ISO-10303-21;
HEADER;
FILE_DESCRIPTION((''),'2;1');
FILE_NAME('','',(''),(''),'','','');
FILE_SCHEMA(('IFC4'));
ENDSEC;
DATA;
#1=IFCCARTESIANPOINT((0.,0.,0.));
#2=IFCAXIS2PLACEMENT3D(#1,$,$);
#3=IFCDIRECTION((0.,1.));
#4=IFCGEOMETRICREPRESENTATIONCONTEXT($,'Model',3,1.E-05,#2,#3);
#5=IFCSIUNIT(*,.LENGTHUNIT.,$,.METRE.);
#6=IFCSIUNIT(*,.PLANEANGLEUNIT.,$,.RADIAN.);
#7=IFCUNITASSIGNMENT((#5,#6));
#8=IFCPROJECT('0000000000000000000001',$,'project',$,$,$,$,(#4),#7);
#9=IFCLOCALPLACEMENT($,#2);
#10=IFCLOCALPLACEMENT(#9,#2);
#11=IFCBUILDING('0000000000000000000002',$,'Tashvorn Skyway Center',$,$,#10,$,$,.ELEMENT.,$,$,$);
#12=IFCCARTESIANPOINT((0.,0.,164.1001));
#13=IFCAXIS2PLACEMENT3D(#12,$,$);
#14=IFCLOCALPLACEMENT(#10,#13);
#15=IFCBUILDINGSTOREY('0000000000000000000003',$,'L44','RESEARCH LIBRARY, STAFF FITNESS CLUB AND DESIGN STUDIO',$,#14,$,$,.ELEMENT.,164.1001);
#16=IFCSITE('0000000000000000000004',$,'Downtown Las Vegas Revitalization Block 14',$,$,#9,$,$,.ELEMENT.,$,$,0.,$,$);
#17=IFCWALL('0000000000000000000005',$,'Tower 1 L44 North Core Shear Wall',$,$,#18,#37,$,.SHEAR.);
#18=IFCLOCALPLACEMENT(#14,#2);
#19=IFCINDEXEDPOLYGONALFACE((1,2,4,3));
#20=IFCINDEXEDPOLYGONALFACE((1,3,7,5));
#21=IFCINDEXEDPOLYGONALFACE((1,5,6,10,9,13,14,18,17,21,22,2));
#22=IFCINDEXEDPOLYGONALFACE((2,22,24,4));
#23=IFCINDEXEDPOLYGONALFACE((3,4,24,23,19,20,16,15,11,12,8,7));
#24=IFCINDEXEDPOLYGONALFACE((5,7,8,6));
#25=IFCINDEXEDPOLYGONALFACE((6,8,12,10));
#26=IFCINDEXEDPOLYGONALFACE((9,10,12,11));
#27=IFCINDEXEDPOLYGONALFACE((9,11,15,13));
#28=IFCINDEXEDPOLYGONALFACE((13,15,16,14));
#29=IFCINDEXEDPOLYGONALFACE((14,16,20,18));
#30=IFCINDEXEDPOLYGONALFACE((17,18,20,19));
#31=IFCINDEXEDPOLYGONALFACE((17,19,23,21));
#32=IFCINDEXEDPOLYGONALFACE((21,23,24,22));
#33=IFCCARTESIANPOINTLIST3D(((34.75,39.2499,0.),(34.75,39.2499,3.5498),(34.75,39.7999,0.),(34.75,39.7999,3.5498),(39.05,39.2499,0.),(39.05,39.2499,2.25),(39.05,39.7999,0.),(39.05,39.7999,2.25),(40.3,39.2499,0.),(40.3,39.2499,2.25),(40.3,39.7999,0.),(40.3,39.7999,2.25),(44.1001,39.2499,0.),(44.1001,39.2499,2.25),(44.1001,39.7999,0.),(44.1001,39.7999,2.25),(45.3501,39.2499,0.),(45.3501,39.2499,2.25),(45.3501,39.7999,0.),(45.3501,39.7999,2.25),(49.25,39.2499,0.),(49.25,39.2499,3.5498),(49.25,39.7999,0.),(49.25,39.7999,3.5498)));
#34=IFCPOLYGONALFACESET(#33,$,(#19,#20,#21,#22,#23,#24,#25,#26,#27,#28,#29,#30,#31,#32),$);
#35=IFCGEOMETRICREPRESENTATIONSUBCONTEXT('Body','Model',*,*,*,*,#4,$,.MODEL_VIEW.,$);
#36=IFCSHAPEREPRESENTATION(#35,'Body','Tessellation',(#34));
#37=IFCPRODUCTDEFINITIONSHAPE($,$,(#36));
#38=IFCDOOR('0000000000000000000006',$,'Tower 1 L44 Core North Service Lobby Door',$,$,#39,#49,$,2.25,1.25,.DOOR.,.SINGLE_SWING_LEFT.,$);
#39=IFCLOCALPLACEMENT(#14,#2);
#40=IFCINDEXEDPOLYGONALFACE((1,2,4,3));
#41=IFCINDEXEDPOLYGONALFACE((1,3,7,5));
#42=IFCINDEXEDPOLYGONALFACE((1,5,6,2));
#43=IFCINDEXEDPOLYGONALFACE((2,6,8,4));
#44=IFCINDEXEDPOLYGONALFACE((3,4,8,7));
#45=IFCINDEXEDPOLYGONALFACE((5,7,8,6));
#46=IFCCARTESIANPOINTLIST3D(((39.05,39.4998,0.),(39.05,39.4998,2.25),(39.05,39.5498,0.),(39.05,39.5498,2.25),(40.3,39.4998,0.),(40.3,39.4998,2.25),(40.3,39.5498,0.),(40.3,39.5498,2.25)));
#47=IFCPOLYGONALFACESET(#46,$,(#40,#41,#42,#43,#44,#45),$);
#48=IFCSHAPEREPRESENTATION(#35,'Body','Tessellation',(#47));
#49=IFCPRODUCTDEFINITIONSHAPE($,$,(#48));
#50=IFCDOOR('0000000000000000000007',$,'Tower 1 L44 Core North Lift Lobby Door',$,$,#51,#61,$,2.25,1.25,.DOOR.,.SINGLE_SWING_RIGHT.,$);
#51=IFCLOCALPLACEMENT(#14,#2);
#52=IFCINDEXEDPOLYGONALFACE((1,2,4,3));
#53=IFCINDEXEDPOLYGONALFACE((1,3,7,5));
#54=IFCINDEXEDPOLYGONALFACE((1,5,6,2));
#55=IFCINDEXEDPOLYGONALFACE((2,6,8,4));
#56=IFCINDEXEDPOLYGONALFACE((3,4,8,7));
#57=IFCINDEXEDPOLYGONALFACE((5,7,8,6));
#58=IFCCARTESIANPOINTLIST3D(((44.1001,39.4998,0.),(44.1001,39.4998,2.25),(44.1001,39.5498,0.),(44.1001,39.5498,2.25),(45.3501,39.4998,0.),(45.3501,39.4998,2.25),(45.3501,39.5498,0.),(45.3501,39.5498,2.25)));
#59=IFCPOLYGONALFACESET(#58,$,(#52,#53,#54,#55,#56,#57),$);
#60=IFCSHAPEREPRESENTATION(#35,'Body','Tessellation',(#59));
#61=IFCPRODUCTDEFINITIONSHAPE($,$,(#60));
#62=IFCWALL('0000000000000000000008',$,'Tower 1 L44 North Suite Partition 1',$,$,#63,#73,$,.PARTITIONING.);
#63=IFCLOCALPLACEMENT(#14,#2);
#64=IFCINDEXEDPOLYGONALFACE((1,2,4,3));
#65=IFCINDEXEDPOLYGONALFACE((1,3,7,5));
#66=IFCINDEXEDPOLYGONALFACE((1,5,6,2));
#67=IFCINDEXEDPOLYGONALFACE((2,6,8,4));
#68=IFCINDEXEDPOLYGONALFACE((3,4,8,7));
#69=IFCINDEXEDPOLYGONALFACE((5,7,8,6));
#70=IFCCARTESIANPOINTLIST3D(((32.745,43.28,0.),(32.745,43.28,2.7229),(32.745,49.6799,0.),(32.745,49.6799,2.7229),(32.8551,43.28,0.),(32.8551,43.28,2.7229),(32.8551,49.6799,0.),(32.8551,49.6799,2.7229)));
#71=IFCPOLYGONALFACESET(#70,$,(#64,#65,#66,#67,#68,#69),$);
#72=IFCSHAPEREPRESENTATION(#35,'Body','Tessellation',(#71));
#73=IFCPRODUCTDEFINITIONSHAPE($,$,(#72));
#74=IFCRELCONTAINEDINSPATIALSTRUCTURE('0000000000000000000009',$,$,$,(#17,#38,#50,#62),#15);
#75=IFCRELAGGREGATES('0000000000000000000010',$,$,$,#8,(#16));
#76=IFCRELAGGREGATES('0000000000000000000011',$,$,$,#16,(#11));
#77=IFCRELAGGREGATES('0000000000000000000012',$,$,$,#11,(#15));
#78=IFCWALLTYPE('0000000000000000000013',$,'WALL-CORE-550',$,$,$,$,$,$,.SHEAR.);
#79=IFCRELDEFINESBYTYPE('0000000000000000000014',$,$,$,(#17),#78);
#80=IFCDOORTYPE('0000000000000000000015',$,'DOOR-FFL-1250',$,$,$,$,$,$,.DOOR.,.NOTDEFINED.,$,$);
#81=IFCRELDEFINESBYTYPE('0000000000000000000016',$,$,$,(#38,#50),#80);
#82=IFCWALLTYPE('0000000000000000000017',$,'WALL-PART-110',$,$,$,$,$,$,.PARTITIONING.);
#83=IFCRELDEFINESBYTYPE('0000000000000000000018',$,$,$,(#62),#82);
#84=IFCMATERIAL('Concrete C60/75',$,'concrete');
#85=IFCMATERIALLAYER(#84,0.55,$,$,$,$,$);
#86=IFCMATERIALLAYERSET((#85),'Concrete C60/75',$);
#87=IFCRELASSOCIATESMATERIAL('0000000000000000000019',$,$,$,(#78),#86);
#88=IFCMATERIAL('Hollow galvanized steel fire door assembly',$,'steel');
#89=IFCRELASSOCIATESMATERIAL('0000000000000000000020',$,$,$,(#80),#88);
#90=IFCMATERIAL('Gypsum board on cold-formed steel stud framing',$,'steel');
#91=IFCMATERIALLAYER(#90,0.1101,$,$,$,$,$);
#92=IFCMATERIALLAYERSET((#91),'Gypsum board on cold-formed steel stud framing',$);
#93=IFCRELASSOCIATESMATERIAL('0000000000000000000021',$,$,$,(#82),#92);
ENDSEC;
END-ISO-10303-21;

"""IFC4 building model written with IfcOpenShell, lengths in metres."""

from ifc_helpers import new_model, si_unit, direction, frame, frame_2d, origin, place, context, subcontext, project, spatial, rectangle, extrude, material, layer, layer_set, type_object, element, fill, save


model = new_model("IFC4")

# Units and contexts
model_context = context("Model", 3, precision=1e-05, world=origin(), true_north=direction((0.0, 1.0)))
body_context = subcontext(model_context, "Body", "Model", "MODEL_VIEW")
ifc_project = project(units=[si_unit("LENGTHUNIT", "METRE"), si_unit("PLANEANGLEUNIT", "RADIAN")], contexts=[model_context])

# Site, building, storey
site_placement = place(None, origin())
site = spatial("IfcSite", under=ifc_project, at=site_placement, Name="Downtown Las Vegas Revitalization Block 14", CompositionType="ELEMENT", RefElevation=0.0)
building_placement = place(site_placement, origin())
building = spatial("IfcBuilding", under=site, at=building_placement, Name="Tashvorn Skyway Center", CompositionType="ELEMENT")
storey_placement = place(building_placement, frame((0.0, 0.0, 164.1001)))
storey = spatial("IfcBuildingStorey", under=building, at=storey_placement, Name="L44", Description="RESEARCH LIBRARY, STAFF FITNESS CLUB AND DESIGN STUDIO", CompositionType="ELEMENT", Elevation=164.1001)

# Wall, openings, doors
ifc_material_1 = material(Name="Concrete C60/75", Category="concrete")
ifc_layer_1 = layer(ifc_material_1, 0.55)
ifc_layer_set_1 = layer_set([ifc_layer_1], Name="Concrete C60/75")
wall_type_1 = type_object("IfcWallType", Name="WALL-CORE-550", PredefinedType="SHEAR", material=ifc_layer_set_1)
wall_1_placement = place(storey_placement, frame((34.75, 39.5249, 0.0), z_axis=(0.0, 0.0, 1.0), x_axis=(1.0, 0.0, 0.0)))
wall_1 = element("IfcWall", 1, at=wall_1_placement, inside=storey, type_object=wall_type_1, Name="Tower 1 L44 North Core Shear Wall", PredefinedType="SHEAR", context=body_context, shape_type="SweptSolid", body=[
    extrude(rectangle(XDim=14.5, YDim=0.55, at=frame_2d((7.25, 0.0))), origin(), (0.0, 0.0, 1.0), 3.5498),
])
opening_1_placement = place(wall_1_placement, frame((4.3, 0.0, 0.0)))
opening_1 = element("IfcOpeningElement", 2, at=opening_1_placement, cuts=wall_1, PredefinedType="OPENING", context=body_context, shape_type="SweptSolid", body=[
    extrude(rectangle(XDim=1.25, YDim=2.25, at=frame_2d((0.625, 1.125))), frame((0.0, 0.2849, 0.0), z_axis=(0.0, -1.0, 0.0), x_axis=(1.0, 0.0, 0.0)), (0.0, 0.0, 1.0), 0.5701),
])
opening_2_placement = place(wall_1_placement, frame((9.3501, 0.0, 0.0)))
opening_2 = element("IfcOpeningElement", 3, at=opening_2_placement, cuts=wall_1, PredefinedType="OPENING", context=body_context, shape_type="SweptSolid", body=[
    extrude(rectangle(XDim=1.25, YDim=2.25, at=frame_2d((0.625, 1.125))), frame((0.0, 0.2849, 0.0), z_axis=(0.0, -1.0, 0.0), x_axis=(1.0, 0.0, 0.0)), (0.0, 0.0, 1.0), 0.5701),
])
ifc_material_2 = material(Name="Hollow galvanized steel fire door assembly", Category="steel")
door_type_1 = type_object("IfcDoorType", Name="DOOR-FFL-1250", OperationType="NOTDEFINED", PredefinedType="DOOR", material=ifc_material_2)
door_1_placement = place(opening_1_placement, origin())
door_1 = element("IfcDoor", 4, at=door_1_placement, inside=storey, type_object=door_type_1, Name="Tower 1 L44 Core North Service Lobby Door", OperationType="SINGLE_SWING_LEFT", OverallHeight=2.25, OverallWidth=1.25, PredefinedType="DOOR", context=body_context, shape_type="SweptSolid", body=[
    extrude(rectangle(XDim=1.25, YDim=2.25, at=frame_2d((0.625, 1.125))), frame((0.0, 0.0249, 0.0), z_axis=(0.0, -1.0, 0.0), x_axis=(1.0, 0.0, 0.0)), (0.0, 0.0, 1.0), 0.05),
])
fill(opening_1, door_1)
door_2_placement = place(opening_2_placement, origin())
door_2 = element("IfcDoor", 5, at=door_2_placement, inside=storey, type_object=door_type_1, Name="Tower 1 L44 Core North Lift Lobby Door", OperationType="SINGLE_SWING_RIGHT", OverallHeight=2.25, OverallWidth=1.25, PredefinedType="DOOR", context=body_context, shape_type="SweptSolid", body=[
    extrude(rectangle(XDim=1.25, YDim=2.25, at=frame_2d((0.625, 1.125))), frame((0.0, 0.0249, 0.0), z_axis=(0.0, -1.0, 0.0), x_axis=(1.0, 0.0, 0.0)), (0.0, 0.0, 1.0), 0.05),
])
fill(opening_2, door_2)

# Wall
ifc_material_3 = material(Name="Gypsum board on cold-formed steel stud framing", Category="steel")
ifc_layer_2 = layer(ifc_material_3, 0.1101)
ifc_layer_set_2 = layer_set([ifc_layer_2], Name="Gypsum board on cold-formed steel stud framing")
wall_type_2 = type_object("IfcWallType", Name="WALL-PART-110", PredefinedType="PARTITIONING", material=ifc_layer_set_2)
wall_2_placement = place(storey_placement, frame((32.8, 43.28, 0.0), z_axis=(0.0, 0.0, 1.0), x_axis=(0.0, 1.0, 0.0)))
element("IfcWall", 6, at=wall_2_placement, inside=storey, type_object=wall_type_2, Name="Tower 1 L44 North Suite Partition 1", PredefinedType="PARTITIONING", context=body_context, shape_type="SweptSolid", body=[
    extrude(rectangle(XDim=6.3999, YDim=0.1101, at=frame_2d((3.2, 0.0))), origin(), (0.0, 0.0, 1.0), 2.7229),
])

save(model, "model.ifc")
